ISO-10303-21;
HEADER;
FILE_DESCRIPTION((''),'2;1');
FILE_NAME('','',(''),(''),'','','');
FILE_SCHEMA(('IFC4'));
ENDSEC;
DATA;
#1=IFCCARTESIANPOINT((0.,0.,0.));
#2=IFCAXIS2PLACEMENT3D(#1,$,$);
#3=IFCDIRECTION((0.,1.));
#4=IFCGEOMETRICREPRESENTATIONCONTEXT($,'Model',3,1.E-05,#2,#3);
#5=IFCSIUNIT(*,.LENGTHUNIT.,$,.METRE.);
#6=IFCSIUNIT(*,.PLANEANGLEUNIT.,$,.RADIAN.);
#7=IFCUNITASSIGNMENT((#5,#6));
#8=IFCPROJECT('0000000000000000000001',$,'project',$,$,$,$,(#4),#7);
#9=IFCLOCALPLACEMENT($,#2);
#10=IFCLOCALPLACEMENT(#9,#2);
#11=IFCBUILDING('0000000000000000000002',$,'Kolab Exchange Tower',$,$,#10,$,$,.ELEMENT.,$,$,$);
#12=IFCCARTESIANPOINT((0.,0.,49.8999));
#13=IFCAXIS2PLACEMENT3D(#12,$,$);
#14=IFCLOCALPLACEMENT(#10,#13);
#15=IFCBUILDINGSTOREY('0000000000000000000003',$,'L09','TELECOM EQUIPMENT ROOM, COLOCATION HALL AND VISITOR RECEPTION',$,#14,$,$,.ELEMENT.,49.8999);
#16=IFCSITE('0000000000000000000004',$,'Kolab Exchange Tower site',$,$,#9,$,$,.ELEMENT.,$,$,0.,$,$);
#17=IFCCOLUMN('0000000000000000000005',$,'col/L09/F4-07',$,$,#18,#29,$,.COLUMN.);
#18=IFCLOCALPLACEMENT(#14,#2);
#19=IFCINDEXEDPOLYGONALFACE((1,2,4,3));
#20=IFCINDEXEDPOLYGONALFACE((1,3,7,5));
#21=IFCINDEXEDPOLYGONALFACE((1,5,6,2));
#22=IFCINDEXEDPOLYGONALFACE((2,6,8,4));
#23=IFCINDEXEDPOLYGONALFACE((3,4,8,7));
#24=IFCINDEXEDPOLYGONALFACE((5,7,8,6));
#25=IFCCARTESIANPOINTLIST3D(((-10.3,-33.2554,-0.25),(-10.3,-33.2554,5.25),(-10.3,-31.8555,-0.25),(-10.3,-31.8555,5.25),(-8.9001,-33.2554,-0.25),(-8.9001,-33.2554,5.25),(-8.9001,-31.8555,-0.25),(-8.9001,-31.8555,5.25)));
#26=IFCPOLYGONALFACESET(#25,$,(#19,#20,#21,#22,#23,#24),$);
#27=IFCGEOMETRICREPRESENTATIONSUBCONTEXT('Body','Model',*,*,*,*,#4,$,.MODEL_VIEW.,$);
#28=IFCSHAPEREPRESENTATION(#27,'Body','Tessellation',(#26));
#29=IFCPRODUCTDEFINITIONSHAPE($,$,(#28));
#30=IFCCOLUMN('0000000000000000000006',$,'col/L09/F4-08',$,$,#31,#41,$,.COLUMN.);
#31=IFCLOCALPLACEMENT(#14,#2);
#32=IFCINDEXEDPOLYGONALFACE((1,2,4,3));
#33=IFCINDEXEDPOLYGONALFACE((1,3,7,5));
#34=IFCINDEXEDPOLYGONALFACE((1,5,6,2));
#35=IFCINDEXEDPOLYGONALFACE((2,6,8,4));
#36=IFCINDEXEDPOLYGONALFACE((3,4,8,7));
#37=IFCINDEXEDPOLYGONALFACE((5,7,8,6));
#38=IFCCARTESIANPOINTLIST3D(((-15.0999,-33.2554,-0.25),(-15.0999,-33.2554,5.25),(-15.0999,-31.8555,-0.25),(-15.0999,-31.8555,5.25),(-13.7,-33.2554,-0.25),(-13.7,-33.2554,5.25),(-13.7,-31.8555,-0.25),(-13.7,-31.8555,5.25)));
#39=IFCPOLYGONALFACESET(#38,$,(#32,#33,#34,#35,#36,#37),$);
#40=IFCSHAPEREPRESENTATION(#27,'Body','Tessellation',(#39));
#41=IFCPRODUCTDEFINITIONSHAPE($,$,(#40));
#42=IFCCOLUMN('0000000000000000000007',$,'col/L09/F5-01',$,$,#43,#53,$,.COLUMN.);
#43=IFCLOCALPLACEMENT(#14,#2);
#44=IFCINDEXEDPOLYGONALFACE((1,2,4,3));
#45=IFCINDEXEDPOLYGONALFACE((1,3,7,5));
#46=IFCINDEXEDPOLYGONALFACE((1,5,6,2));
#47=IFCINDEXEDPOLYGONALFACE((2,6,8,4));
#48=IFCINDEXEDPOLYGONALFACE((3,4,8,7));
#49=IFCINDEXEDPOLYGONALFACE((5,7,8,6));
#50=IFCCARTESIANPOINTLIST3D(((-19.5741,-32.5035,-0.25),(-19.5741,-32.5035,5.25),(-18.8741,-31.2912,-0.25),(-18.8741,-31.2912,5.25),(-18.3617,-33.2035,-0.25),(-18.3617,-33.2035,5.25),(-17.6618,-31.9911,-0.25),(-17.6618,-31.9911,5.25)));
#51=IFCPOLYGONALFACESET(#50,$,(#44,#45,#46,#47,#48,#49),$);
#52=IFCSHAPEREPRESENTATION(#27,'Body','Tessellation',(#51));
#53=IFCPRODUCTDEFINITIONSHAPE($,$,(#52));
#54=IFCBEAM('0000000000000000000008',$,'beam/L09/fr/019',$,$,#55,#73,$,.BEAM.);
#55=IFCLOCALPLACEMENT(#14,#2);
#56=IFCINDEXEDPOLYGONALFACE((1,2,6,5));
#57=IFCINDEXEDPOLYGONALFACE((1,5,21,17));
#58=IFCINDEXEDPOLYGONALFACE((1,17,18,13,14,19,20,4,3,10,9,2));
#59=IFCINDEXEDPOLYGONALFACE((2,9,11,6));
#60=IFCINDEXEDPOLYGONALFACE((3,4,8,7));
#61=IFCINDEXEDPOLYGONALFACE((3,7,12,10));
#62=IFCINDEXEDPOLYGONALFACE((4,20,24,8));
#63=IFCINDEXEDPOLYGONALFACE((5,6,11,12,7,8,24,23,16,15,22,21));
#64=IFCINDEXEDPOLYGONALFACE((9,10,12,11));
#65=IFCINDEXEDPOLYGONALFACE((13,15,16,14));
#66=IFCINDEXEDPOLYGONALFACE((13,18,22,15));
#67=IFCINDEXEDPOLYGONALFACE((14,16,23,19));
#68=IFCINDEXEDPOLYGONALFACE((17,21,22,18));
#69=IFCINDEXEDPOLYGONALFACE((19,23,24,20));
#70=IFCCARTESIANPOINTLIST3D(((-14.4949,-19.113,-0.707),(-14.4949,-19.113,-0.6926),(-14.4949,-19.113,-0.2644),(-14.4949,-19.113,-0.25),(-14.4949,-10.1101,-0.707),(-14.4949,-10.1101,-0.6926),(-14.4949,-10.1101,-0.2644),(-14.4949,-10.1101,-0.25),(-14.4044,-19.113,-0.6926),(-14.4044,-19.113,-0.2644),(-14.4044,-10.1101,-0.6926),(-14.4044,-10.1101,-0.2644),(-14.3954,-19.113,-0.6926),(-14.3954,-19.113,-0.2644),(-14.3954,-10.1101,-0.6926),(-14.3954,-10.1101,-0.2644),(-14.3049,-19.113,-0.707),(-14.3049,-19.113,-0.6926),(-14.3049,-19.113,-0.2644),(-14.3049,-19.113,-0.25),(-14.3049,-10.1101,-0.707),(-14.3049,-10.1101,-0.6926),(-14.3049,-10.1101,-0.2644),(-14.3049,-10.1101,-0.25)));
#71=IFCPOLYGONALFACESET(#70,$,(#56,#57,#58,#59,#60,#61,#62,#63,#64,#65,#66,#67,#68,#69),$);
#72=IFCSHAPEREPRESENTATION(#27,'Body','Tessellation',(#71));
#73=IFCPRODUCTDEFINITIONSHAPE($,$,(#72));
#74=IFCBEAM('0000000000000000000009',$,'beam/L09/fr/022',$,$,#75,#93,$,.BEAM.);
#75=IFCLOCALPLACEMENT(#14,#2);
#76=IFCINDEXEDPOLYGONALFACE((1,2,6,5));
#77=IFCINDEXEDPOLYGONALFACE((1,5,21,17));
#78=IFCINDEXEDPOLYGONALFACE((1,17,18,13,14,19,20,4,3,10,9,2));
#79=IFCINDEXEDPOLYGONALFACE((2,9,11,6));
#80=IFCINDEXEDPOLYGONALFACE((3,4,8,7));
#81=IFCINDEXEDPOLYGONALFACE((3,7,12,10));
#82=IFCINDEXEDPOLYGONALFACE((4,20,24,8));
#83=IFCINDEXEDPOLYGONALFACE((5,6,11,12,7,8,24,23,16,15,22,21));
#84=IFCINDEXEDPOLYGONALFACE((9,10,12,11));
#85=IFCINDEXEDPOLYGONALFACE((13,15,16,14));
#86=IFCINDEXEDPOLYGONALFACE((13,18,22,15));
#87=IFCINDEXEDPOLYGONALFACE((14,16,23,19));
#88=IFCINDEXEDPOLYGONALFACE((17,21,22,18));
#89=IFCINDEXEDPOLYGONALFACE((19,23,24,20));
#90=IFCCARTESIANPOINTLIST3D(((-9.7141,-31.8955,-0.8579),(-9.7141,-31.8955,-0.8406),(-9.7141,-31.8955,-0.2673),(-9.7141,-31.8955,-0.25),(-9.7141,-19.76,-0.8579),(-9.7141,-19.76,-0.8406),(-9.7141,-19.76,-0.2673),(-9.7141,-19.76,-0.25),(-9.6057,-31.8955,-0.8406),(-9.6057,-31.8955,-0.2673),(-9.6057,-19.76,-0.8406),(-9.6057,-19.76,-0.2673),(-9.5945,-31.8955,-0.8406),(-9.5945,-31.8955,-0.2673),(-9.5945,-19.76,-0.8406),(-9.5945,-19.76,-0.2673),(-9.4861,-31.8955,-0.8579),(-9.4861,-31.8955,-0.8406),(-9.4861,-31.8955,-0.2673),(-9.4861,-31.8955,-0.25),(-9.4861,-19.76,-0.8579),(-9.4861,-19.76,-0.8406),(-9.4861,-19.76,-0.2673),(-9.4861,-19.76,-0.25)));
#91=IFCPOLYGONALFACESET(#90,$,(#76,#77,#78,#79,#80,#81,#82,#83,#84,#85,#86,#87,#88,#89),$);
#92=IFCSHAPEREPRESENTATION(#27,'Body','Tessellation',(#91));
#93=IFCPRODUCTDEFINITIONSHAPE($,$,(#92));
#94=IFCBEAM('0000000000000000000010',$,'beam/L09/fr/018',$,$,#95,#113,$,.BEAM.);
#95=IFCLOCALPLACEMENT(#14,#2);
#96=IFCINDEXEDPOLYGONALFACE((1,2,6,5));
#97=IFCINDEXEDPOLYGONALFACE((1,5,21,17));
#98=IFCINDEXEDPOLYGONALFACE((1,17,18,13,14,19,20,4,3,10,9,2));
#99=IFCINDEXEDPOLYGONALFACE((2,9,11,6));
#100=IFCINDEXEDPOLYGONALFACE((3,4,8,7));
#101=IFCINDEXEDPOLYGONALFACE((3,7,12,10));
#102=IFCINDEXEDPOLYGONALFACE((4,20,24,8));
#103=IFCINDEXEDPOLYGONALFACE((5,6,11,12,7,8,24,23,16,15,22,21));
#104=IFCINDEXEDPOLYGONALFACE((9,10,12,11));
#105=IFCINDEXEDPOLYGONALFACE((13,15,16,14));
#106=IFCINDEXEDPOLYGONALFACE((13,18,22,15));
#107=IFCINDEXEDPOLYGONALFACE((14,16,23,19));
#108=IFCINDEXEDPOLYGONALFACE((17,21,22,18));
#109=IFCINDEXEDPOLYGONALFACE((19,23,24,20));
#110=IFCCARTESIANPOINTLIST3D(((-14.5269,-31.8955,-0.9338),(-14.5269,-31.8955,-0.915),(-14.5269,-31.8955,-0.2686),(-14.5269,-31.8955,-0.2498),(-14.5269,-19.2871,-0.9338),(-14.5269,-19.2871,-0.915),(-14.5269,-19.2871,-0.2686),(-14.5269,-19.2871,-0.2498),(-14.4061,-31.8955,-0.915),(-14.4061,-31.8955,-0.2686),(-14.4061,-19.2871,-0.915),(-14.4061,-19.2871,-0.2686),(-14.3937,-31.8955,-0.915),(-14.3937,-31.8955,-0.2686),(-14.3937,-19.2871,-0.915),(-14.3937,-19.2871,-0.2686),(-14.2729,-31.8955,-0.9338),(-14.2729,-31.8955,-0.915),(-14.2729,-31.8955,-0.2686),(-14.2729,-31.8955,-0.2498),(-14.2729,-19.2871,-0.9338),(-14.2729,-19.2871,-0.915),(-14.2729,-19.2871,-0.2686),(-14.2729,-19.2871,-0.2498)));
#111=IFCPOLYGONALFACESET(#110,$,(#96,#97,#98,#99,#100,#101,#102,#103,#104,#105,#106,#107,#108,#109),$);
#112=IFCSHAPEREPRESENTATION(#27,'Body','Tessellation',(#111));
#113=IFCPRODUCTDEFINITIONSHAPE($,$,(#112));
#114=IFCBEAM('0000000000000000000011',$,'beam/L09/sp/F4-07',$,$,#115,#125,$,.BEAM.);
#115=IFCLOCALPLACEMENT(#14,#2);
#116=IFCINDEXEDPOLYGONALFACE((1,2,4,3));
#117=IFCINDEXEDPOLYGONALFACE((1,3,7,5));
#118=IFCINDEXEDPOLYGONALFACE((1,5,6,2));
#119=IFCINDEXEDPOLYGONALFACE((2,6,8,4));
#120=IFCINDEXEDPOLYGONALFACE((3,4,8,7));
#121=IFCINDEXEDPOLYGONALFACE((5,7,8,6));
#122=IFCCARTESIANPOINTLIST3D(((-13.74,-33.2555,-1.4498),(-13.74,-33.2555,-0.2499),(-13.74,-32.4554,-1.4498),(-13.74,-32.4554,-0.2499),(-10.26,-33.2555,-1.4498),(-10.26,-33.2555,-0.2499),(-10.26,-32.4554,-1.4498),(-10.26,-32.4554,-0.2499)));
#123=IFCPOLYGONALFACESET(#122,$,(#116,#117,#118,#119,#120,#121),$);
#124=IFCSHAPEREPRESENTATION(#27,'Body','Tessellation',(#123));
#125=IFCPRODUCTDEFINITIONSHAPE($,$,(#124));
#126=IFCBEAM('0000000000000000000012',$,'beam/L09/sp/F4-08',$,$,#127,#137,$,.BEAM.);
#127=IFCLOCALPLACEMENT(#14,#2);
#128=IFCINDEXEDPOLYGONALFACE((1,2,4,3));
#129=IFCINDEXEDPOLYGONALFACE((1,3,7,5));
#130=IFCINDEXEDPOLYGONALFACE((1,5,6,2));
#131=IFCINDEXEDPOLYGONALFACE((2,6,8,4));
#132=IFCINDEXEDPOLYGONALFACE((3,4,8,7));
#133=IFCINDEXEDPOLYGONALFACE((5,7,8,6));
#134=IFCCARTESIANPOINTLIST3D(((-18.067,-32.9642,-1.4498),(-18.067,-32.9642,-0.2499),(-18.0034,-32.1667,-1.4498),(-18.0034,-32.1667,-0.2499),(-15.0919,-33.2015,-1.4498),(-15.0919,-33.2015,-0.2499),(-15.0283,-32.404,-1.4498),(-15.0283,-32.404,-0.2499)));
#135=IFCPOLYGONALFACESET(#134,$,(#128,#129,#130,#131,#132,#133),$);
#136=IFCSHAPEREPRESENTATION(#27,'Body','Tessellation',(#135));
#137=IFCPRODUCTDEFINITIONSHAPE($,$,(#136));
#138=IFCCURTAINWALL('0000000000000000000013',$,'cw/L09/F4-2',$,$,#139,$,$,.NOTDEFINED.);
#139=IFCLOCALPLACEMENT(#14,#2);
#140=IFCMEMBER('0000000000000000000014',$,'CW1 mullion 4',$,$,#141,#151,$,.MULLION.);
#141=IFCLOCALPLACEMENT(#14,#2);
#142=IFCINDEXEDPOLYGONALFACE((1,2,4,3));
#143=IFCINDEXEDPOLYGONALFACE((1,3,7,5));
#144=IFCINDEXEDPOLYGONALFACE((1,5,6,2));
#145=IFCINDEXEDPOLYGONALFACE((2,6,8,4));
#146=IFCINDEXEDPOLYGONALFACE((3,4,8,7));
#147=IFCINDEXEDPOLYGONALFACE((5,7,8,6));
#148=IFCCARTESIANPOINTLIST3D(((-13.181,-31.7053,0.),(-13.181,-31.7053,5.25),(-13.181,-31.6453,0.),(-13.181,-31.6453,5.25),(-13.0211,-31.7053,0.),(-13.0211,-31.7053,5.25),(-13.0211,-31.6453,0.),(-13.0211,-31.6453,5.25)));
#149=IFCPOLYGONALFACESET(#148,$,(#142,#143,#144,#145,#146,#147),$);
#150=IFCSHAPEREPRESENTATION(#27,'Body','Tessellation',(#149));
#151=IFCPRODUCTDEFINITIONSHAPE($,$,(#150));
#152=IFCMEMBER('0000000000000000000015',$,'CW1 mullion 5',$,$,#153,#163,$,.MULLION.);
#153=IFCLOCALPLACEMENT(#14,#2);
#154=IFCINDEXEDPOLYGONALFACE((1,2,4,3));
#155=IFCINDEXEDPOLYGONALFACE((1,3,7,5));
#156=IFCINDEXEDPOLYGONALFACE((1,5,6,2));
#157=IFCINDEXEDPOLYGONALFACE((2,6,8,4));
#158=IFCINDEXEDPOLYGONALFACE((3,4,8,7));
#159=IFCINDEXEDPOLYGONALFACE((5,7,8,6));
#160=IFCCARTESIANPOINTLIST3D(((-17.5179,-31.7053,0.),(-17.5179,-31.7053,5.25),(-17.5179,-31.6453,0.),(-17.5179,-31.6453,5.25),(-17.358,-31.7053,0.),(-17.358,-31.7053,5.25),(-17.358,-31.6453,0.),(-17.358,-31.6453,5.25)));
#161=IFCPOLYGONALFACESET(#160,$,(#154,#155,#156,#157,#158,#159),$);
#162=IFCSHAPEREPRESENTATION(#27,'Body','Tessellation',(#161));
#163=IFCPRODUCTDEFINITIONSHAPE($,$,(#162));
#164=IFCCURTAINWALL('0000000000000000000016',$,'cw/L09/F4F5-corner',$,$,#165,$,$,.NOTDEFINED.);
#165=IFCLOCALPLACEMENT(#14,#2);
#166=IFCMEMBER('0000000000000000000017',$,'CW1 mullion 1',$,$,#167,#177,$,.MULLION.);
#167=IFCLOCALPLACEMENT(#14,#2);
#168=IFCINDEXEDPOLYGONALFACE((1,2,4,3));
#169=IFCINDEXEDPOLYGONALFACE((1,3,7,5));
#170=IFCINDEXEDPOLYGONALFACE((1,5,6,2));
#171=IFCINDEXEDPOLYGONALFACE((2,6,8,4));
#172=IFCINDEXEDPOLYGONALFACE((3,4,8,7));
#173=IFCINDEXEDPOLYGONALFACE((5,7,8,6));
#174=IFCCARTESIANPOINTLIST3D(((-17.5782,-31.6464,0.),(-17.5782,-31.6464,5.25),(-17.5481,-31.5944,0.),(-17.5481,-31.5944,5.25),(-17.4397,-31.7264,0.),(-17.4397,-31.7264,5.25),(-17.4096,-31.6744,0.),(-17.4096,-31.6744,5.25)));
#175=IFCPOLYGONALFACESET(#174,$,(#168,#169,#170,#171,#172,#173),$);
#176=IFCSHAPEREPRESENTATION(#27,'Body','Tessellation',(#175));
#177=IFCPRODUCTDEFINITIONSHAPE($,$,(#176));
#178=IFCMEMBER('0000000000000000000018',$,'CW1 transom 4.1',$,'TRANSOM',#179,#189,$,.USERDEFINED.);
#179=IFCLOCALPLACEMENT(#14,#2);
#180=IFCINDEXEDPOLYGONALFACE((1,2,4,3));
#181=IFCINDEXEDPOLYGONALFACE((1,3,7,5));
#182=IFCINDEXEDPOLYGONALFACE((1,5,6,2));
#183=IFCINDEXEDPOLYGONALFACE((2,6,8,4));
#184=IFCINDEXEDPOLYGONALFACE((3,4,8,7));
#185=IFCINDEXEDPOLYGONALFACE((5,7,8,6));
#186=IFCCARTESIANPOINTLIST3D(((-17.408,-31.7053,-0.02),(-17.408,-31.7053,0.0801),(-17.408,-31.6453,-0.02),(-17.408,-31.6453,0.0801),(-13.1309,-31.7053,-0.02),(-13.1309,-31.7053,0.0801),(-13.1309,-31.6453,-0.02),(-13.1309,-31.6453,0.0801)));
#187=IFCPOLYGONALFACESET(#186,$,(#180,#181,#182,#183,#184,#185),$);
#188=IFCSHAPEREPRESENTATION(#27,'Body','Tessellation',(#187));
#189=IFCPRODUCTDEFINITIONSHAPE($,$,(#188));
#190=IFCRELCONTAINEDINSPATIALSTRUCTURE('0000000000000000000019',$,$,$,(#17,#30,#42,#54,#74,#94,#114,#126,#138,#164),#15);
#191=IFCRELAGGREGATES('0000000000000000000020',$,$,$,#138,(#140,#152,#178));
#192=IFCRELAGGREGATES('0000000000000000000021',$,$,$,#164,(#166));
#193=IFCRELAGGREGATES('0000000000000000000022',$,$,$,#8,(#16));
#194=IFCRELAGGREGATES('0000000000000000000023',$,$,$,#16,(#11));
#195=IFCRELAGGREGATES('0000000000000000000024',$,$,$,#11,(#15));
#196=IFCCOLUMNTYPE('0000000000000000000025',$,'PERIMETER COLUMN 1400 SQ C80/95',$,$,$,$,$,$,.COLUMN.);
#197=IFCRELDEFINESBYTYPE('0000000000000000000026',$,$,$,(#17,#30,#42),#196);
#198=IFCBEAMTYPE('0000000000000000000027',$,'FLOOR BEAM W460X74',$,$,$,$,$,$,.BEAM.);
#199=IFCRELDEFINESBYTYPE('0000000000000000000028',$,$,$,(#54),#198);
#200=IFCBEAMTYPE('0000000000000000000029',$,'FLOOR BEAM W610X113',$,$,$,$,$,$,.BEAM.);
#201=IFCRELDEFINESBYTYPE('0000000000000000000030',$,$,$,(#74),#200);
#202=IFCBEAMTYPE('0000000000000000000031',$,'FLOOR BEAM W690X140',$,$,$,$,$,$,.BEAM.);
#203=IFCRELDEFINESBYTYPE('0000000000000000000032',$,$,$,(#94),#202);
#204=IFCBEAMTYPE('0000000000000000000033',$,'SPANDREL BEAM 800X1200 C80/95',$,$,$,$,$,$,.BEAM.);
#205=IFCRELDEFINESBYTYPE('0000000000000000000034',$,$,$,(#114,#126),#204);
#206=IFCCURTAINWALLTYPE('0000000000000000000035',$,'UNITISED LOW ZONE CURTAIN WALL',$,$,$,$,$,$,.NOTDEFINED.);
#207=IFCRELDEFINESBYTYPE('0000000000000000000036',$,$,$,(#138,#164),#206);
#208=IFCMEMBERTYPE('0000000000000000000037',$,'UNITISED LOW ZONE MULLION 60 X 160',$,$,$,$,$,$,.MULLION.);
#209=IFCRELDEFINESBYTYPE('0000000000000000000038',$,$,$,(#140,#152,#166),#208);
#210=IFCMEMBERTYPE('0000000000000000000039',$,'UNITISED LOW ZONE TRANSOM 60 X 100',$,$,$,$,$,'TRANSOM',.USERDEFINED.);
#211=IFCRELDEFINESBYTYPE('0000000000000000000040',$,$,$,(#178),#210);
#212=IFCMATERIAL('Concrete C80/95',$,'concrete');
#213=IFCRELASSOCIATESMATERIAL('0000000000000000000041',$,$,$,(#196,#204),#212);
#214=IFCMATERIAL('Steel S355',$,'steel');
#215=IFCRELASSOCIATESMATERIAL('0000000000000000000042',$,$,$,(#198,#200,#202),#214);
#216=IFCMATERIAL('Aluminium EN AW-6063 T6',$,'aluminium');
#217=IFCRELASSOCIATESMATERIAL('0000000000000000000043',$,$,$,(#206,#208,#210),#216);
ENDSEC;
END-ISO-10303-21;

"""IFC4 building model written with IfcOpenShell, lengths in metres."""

from ifc_helpers import new_model, si_unit, direction, frame, origin, origin_2d, place, context, subcontext, project, spatial, rectangle, i_section, extrude, material, material_profile, profile_set, type_object, element, aggregate, save


model = new_model("IFC4")

# Units and contexts
model_context = context("Model", 3, precision=1e-05, world=origin(), true_north=direction((0.0, 1.0)))
body_context = subcontext(model_context, "Body", "Model", "MODEL_VIEW")
ifc_project = project(units=[si_unit("LENGTHUNIT", "METRE"), si_unit("PLANEANGLEUNIT", "RADIAN")], contexts=[model_context])

# Site, building, storey
site_placement = place(None, origin())
site = spatial("IfcSite", under=ifc_project, at=site_placement, Name="Kolab Exchange Tower site", CompositionType="ELEMENT", RefElevation=0.0)
building_placement = place(site_placement, origin())
building = spatial("IfcBuilding", under=site, at=building_placement, Name="Kolab Exchange Tower", CompositionType="ELEMENT")
storey_placement = place(building_placement, frame((0.0, 0.0, 49.8999)))
storey = spatial("IfcBuildingStorey", under=building, at=storey_placement, Name="L09", Description="TELECOM EQUIPMENT ROOM, COLOCATION HALL AND VISITOR RECEPTION", CompositionType="ELEMENT", Elevation=49.8999)

# Columns
ifc_material_1 = material(Name="Concrete C80/95", Category="concrete")
ifc_material_profile_1 = material_profile(ifc_material_1, rectangle(XDim=1.3999, YDim=1.3999, at=origin_2d()), Name="RC1400")
ifc_profile_set_1 = profile_set([ifc_material_profile_1], Name="Concrete C80/95")
column_type = type_object("IfcColumnType", Name="PERIMETER COLUMN 1400 SQ C80/95", PredefinedType="COLUMN", material=ifc_profile_set_1)
for number, where, z_axis, x_axis, name in (
    (1, (-9.6001, -32.5554, -0.25), (0.0, 0.0, 1.0), (1.0, 0.0, 0.0), "col/L09/F4-07"),
    (2, (-14.3999, -32.5554, -0.25), (0.0, 0.0, 1.0), (1.0, 0.0, 0.0), "col/L09/F4-08"),
    (3, (-18.6179, -32.2473, -0.25), (0.0, 0.0, 1.0), (0.5, 0.866025, 0.0), "col/L09/F5-01"),
):
    element("IfcColumn", number, at=place(storey_placement, frame(where, z_axis=z_axis, x_axis=x_axis)), inside=storey, type_object=column_type, Name=name, PredefinedType="COLUMN", context=body_context, shape_type="SweptSolid", body=[
        extrude(rectangle(XDim=1.3999, YDim=1.3999, at=origin_2d()), origin(), (0.0, 0.0, 1.0), 5.5),
    ])

# Beams
ifc_material_2 = material(Name="Steel S355", Category="steel")
ifc_material_profile_2 = material_profile(ifc_material_2, i_section(OverallWidth=0.1899, OverallDepth=0.457, WebThickness=0.009, FlangeThickness=0.0144, at=origin_2d()), Name="W460X74")
ifc_profile_set_2 = profile_set([ifc_material_profile_2], Name="Steel S355")
beam_type_1 = type_object("IfcBeamType", Name="FLOOR BEAM W460X74", PredefinedType="BEAM", material=ifc_profile_set_2)
beam_1_placement = place(storey_placement, frame((-14.3999, -19.113, -0.4785), z_axis=(0.0, 1.0, 0.0), x_axis=(-1.0, 0.0, 0.0)))
element("IfcBeam", 4, at=beam_1_placement, inside=storey, type_object=beam_type_1, Name="beam/L09/fr/019", PredefinedType="BEAM", context=body_context, shape_type="SweptSolid", body=[
    extrude(i_section(OverallWidth=0.1899, OverallDepth=0.457, WebThickness=0.009, FlangeThickness=0.0144, at=origin_2d()), origin(), (0.0, 0.0, 1.0), 9.0029),
])
ifc_material_profile_3 = material_profile(ifc_material_2, i_section(OverallWidth=0.228, OverallDepth=0.6079, WebThickness=0.0112, FlangeThickness=0.0173, at=origin_2d()), Name="W610X113")
ifc_profile_set_3 = profile_set([ifc_material_profile_3], Name="Steel S355")
beam_type_2 = type_object("IfcBeamType", Name="FLOOR BEAM W610X113", PredefinedType="BEAM", material=ifc_profile_set_3)
beam_2_placement = place(storey_placement, frame((-9.6001, -31.8955, -0.554), z_axis=(0.0, 1.0, 0.0), x_axis=(-1.0, 0.0, 0.0)))
element("IfcBeam", 5, at=beam_2_placement, inside=storey, type_object=beam_type_2, Name="beam/L09/fr/022", PredefinedType="BEAM", context=body_context, shape_type="SweptSolid", body=[
    extrude(i_section(OverallWidth=0.228, OverallDepth=0.6079, WebThickness=0.0112, FlangeThickness=0.0173, at=origin_2d()), origin(), (0.0, 0.0, 1.0), 12.1355),
])
ifc_material_profile_4 = material_profile(ifc_material_2, i_section(OverallWidth=0.2539, OverallDepth=0.6841, WebThickness=0.0125, FlangeThickness=0.0188, at=origin_2d()), Name="W690X140")
ifc_profile_set_4 = profile_set([ifc_material_profile_4], Name="Steel S355")
beam_type_3 = type_object("IfcBeamType", Name="FLOOR BEAM W690X140", PredefinedType="BEAM", material=ifc_profile_set_4)
beam_3_placement = place(storey_placement, frame((-14.3999, -31.8955, -0.5918), z_axis=(0.0, 1.0, 0.0), x_axis=(-1.0, 0.0, 0.0)))
element("IfcBeam", 6, at=beam_3_placement, inside=storey, type_object=beam_type_3, Name="beam/L09/fr/018", PredefinedType="BEAM", context=body_context, shape_type="SweptSolid", body=[
    extrude(i_section(OverallWidth=0.2539, OverallDepth=0.6841, WebThickness=0.0125, FlangeThickness=0.0188, at=origin_2d()), origin(), (0.0, 0.0, 1.0), 12.6084),
])
ifc_material_profile_5 = material_profile(ifc_material_1, rectangle(XDim=0.8, YDim=1.2, at=origin_2d()), Name="RC800X1200")
ifc_profile_set_5 = profile_set([ifc_material_profile_5], Name="Concrete C80/95")
beam_type_4 = type_object("IfcBeamType", Name="SPANDREL BEAM 800X1200 C80/95", PredefinedType="BEAM", material=ifc_profile_set_5)
beam_4_placement = place(storey_placement, frame((-10.26, -32.8555, -0.8499), z_axis=(-1.0, 0.0, 0.0), x_axis=(0.0, -1.0, 0.0)))
element("IfcBeam", 7, at=beam_4_placement, inside=storey, type_object=beam_type_4, Name="beam/L09/sp/F4-07", PredefinedType="BEAM", context=body_context, shape_type="SweptSolid", body=[
    extrude(rectangle(XDim=0.8, YDim=1.2, at=origin_2d()), origin(), (0.0, 0.0, 1.0), 3.48),
])
beam_5_placement = place(storey_placement, frame((-15.0601, -32.8027, -0.8499), z_axis=(-0.996834, 0.079511, 0.0), x_axis=(-0.079511, -0.996834, 0.0)))
element("IfcBeam", 8, at=beam_5_placement, inside=storey, type_object=beam_type_4, Name="beam/L09/sp/F4-08", PredefinedType="BEAM", context=body_context, shape_type="SweptSolid", body=[
    extrude(rectangle(XDim=0.8, YDim=1.2, at=origin_2d()), origin(), (0.0, 0.0, 1.0), 2.9846),
])

# Curtain wall, members
ifc_material_3 = material(Name="Aluminium EN AW-6063 T6", Category="aluminium")
curtain_wall_type = type_object("IfcCurtainWallType", Name="UNITISED LOW ZONE CURTAIN WALL", PredefinedType="NOTDEFINED", material=ifc_material_3)
curtain_wall_1_placement = place(storey_placement, origin())
curtain_wall_1 = element("IfcCurtainWall", 9, at=curtain_wall_1_placement, inside=storey, type_object=curtain_wall_type, Name="cw/L09/F4-2", PredefinedType="NOTDEFINED")
ifc_material_profile_6 = material_profile(ifc_material_3, rectangle(XDim=0.0601, YDim=0.1599, at=origin_2d()), Name="RECT 60X160")
ifc_profile_set_6 = profile_set([ifc_material_profile_6], Name="Aluminium EN AW-6063 T6")
member_type_1 = type_object("IfcMemberType", Name="UNITISED LOW ZONE MULLION 60 X 160", PredefinedType="MULLION", material=ifc_profile_set_6)
member_1_placement = place(storey_placement, frame((-13.1011, -31.6753, 0.0), z_axis=(0.0, 0.0, 1.0), x_axis=(0.0, -1.0, 0.0)))
member_1 = element("IfcMember", 10, at=member_1_placement, type_object=member_type_1, Name="CW1 mullion 4", PredefinedType="MULLION", context=body_context, shape_type="SweptSolid", body=[
    extrude(rectangle(XDim=0.0601, YDim=0.1599, at=origin_2d()), origin(), (0.0, 0.0, 1.0), 5.25),
])
member_2_placement = place(storey_placement, frame((-17.438, -31.6753, 0.0), z_axis=(0.0, 0.0, 1.0), x_axis=(0.0, -1.0, 0.0)))
member_2 = element("IfcMember", 11, at=member_2_placement, type_object=member_type_1, Name="CW1 mullion 5", PredefinedType="MULLION", context=body_context, shape_type="SweptSolid", body=[
    extrude(rectangle(XDim=0.0601, YDim=0.1599, at=origin_2d()), origin(), (0.0, 0.0, 1.0), 5.25),
])

# Curtain wall, member
curtain_wall_2_placement = place(storey_placement, origin())
curtain_wall_2 = element("IfcCurtainWall", 12, at=curtain_wall_2_placement, inside=storey, type_object=curtain_wall_type, Name="cw/L09/F4F5-corner", PredefinedType="NOTDEFINED")
member_3_placement = place(storey_placement, frame((-17.4939, -31.6604, 0.0), z_axis=(0.0, 0.0, 1.0), x_axis=(-0.5, -0.866025, 0.0)))
member_3 = element("IfcMember", 13, at=member_3_placement, type_object=member_type_1, Name="CW1 mullion 1", PredefinedType="MULLION", context=body_context, shape_type="SweptSolid", body=[
    extrude(rectangle(XDim=0.0601, YDim=0.1599, at=origin_2d()), origin(), (0.0, 0.0, 1.0), 5.25),
])

# Member
ifc_material_profile_7 = material_profile(ifc_material_3, rectangle(XDim=0.0601, YDim=0.1001, at=origin_2d()), Name="RECT 60X100")
ifc_profile_set_7 = profile_set([ifc_material_profile_7], Name="Aluminium EN AW-6063 T6")
member_type_2 = type_object("IfcMemberType", Name="UNITISED LOW ZONE TRANSOM 60 X 100", ElementType="TRANSOM", PredefinedType="USERDEFINED", material=ifc_profile_set_7)
member_4_placement = place(storey_placement, frame((-13.1309, -31.6753, 0.03), z_axis=(-1.0, 0.0, 0.0), x_axis=(0.0, -1.0, 0.0)))
member_4 = element("IfcMember", 14, at=member_4_placement, type_object=member_type_2, Name="CW1 transom 4.1", ObjectType="TRANSOM", PredefinedType="USERDEFINED", context=body_context, shape_type="SweptSolid", body=[
    extrude(rectangle(XDim=0.0601, YDim=0.1001, at=origin_2d()), origin(), (0.0, 0.0, 1.0), 4.2771),
])

aggregate(curtain_wall_1, [member_1, member_2, member_4])
aggregate(curtain_wall_2, [member_3])

save(model, "model.ifc")
